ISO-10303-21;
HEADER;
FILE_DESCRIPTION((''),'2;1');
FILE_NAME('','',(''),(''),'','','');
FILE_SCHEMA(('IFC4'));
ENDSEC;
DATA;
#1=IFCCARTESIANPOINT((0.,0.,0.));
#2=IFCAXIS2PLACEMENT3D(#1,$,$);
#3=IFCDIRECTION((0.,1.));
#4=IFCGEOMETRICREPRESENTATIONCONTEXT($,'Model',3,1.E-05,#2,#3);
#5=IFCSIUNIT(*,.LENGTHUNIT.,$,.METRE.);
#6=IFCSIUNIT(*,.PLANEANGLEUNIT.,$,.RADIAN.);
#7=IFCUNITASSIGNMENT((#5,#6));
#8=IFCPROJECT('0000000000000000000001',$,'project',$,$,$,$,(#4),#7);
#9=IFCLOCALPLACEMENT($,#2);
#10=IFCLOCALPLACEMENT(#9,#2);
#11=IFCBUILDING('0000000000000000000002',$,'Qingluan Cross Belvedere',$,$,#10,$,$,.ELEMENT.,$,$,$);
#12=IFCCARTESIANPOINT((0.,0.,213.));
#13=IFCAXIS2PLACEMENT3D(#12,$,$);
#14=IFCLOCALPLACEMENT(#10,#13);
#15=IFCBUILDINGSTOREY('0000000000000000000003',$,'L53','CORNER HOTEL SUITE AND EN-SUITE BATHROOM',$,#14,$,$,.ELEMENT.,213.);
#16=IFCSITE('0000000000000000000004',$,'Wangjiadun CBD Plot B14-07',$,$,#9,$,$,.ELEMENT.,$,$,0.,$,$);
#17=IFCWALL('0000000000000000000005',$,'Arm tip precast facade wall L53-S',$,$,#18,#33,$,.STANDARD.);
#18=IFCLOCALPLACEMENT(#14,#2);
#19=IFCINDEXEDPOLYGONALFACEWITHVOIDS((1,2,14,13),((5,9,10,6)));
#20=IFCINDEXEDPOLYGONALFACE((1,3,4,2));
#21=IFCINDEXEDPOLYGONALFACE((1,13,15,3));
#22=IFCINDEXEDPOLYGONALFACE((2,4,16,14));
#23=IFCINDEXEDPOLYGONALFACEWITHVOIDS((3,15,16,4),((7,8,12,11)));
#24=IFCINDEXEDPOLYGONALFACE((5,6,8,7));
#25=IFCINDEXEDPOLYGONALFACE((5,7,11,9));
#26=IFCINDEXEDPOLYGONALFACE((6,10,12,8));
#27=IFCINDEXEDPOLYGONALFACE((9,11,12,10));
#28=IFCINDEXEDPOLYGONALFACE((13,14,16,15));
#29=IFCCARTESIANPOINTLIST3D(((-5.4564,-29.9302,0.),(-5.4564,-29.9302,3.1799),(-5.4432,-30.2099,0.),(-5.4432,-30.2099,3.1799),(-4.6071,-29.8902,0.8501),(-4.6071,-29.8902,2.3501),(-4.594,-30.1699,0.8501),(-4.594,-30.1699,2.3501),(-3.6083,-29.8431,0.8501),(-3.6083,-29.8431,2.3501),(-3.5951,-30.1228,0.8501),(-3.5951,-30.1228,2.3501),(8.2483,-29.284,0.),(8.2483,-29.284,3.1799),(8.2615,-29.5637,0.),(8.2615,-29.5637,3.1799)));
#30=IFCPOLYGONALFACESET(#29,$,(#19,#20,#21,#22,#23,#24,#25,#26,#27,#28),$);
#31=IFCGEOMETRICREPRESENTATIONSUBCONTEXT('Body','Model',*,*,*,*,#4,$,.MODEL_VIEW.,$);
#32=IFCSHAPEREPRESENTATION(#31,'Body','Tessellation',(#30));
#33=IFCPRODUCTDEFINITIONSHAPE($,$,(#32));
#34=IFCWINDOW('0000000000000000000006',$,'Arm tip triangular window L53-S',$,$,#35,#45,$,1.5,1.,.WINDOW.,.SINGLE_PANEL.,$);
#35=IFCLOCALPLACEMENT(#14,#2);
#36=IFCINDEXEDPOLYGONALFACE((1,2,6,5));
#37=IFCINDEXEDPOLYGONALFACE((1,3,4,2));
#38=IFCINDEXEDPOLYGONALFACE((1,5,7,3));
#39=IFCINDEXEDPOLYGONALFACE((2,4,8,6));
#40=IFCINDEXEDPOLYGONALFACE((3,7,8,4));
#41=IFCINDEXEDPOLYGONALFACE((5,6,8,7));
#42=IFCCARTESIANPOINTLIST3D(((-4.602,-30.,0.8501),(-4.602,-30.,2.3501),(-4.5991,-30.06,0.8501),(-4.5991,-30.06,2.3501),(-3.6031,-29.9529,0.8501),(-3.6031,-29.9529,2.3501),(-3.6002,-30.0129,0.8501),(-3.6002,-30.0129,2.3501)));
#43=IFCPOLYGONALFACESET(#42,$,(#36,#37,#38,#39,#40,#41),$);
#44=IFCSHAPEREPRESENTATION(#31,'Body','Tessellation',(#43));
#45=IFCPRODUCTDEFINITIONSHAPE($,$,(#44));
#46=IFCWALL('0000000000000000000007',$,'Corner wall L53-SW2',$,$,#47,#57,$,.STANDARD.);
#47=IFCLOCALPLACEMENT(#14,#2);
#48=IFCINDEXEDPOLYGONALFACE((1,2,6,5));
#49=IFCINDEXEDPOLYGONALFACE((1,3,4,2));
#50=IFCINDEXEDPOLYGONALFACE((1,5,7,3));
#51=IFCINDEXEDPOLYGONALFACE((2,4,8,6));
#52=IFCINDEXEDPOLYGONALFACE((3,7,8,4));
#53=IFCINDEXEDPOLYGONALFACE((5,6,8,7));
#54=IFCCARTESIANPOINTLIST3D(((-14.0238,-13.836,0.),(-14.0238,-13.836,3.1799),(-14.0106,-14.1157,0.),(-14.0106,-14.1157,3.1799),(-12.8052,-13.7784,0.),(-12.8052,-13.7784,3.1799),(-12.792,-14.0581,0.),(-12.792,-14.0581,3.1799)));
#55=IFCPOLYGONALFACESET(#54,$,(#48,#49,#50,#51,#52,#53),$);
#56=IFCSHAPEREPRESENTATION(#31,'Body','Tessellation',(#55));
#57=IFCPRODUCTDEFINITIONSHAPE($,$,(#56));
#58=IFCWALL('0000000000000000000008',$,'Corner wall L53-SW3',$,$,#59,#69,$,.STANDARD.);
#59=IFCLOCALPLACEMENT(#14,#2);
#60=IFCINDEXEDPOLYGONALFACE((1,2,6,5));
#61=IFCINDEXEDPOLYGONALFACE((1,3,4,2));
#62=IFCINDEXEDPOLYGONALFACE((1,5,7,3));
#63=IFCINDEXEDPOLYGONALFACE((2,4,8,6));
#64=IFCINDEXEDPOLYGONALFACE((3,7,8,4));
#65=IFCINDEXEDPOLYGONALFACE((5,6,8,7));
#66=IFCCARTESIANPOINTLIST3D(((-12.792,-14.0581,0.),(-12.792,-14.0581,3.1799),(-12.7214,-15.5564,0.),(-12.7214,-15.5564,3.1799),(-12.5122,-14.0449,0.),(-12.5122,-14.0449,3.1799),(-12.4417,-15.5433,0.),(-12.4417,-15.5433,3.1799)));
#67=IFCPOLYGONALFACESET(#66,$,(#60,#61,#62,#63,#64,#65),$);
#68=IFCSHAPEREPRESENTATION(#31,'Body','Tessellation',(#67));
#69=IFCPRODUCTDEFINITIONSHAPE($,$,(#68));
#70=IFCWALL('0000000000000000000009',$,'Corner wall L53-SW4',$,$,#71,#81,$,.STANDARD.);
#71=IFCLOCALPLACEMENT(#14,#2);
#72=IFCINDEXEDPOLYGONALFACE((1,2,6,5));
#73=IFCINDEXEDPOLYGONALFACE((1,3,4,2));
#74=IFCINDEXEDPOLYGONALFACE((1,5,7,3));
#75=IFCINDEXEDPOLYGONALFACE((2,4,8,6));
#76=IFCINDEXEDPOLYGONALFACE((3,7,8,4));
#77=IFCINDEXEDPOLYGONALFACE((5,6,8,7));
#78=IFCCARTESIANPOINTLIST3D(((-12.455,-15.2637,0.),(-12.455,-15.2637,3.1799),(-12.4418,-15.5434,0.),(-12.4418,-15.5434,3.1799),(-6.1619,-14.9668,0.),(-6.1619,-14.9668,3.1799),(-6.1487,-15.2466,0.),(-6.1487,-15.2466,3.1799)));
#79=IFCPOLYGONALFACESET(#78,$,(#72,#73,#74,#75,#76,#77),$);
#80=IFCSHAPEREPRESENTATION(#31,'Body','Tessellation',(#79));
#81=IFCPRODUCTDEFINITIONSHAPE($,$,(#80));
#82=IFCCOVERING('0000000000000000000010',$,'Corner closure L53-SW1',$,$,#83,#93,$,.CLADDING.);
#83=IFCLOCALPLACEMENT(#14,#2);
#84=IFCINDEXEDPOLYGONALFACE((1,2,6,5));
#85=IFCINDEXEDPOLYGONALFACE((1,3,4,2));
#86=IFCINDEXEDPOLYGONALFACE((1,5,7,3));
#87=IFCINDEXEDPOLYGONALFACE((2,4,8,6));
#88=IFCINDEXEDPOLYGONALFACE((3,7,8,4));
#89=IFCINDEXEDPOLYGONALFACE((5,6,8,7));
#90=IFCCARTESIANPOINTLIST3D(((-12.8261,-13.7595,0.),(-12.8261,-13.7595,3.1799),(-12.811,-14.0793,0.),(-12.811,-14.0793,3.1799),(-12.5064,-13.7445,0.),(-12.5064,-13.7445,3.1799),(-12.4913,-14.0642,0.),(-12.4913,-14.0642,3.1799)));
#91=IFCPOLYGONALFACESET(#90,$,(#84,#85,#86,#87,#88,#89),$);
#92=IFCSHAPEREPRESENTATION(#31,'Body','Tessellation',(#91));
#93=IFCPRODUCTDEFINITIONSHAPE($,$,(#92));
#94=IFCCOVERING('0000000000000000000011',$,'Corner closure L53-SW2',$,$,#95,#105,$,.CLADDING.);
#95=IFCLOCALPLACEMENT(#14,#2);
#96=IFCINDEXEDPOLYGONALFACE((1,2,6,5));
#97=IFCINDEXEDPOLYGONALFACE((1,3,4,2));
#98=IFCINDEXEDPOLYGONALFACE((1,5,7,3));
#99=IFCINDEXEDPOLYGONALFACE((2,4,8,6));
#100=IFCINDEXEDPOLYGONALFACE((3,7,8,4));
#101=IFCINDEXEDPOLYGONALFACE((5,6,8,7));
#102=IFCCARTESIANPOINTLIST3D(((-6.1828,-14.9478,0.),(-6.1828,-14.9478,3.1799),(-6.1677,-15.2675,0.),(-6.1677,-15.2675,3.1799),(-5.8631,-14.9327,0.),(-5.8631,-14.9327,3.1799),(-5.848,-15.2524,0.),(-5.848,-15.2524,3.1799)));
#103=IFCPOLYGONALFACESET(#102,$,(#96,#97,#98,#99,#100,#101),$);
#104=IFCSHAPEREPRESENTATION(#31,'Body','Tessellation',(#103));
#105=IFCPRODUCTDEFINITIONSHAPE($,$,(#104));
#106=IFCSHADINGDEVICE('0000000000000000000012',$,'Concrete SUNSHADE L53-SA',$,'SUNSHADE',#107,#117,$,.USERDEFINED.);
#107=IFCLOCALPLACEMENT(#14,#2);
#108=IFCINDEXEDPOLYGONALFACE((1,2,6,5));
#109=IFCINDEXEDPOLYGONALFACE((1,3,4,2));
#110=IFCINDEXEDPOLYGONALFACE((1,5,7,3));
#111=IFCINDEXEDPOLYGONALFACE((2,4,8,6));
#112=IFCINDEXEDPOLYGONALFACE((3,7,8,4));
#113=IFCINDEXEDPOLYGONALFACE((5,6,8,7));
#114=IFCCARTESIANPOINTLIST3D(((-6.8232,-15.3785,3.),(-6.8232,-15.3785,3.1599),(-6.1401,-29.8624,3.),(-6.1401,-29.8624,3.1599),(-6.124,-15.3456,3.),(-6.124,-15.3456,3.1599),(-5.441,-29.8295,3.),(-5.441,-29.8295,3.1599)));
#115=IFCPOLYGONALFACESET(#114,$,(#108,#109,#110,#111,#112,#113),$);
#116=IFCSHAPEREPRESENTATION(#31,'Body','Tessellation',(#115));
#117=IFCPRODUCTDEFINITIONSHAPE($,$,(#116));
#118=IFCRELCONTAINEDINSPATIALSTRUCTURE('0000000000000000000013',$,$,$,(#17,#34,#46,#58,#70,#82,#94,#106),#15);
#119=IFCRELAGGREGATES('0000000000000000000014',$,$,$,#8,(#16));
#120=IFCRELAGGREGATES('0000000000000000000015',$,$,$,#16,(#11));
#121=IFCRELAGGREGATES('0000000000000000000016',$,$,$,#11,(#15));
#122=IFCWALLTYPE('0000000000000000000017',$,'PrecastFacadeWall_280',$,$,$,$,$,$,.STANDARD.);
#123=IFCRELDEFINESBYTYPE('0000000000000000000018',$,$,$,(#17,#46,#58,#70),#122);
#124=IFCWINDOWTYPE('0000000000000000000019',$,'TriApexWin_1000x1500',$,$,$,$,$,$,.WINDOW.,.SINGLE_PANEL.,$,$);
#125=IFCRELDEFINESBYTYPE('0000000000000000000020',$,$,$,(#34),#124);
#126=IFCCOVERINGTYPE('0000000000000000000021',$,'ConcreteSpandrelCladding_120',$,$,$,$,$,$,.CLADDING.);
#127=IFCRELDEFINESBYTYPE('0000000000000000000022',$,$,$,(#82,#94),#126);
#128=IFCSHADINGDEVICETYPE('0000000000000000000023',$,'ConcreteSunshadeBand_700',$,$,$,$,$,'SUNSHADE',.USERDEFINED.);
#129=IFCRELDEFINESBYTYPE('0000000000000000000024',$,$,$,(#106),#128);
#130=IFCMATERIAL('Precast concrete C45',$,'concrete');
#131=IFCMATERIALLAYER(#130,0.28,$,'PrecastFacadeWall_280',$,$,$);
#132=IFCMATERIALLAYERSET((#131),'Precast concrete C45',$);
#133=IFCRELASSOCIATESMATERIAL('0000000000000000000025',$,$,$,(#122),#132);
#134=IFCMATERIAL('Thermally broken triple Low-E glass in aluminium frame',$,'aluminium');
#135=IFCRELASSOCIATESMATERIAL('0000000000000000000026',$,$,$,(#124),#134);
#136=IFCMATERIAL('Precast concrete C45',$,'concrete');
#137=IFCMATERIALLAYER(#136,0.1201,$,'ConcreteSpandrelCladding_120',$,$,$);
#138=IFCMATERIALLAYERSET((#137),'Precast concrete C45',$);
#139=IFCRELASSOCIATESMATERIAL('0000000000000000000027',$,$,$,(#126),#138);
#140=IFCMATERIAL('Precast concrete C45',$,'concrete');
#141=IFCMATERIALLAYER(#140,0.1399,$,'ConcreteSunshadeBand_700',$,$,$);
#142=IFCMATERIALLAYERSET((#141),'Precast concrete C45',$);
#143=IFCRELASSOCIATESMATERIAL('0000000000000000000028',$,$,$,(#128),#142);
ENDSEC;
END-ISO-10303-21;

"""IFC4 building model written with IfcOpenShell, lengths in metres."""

from ifc_helpers import new_model, si_unit, direction, frame, frame_2d, origin, origin_2d, place, context, subcontext, project, spatial, rectangle, extrude, material, layer, layer_set, type_object, element, fill, save


model = new_model("IFC4")

# Units and contexts
model_context = context("Model", 3, precision=1e-05, world=origin(), true_north=direction((0.0, 1.0)))
body_context = subcontext(model_context, "Body", "Model", "MODEL_VIEW")
ifc_project = project(units=[si_unit("LENGTHUNIT", "METRE"), si_unit("PLANEANGLEUNIT", "RADIAN")], contexts=[model_context])

# Site, building, storey
site_placement = place(None, origin())
site = spatial("IfcSite", under=ifc_project, at=site_placement, Name="Wangjiadun CBD Plot B14-07", CompositionType="ELEMENT", RefElevation=0.0)
building_placement = place(site_placement, origin())
building = spatial("IfcBuilding", under=site, at=building_placement, Name="Qingluan Cross Belvedere", CompositionType="ELEMENT")
storey_placement = place(building_placement, frame((0.0, 0.0, 213.0)))
storey = spatial("IfcBuildingStorey", under=building, at=storey_placement, Name="L53", Description="CORNER HOTEL SUITE AND EN-SUITE BATHROOM", CompositionType="ELEMENT", Elevation=213.0)

# Shared definitions
ifc_material_1 = material(Name="Precast concrete C45", Category="concrete")
ifc_layer_1 = layer(ifc_material_1, 0.28, Name="PrecastFacadeWall_280")
ifc_layer_set_1 = layer_set([ifc_layer_1], Name="Precast concrete C45")
wall_type_1 = type_object("IfcWallType", Name="PrecastFacadeWall_280", PredefinedType="STANDARD", material=ifc_layer_set_1)

# Wall, opening, window
wall_1_placement = place(storey_placement, frame((-5.4497, -30.0701, 0.0), z_axis=(0.0, 0.0, 1.0), x_axis=(0.99889, 0.047102, 0.0)))
wall_1 = element("IfcWall", 1, at=wall_1_placement, inside=storey, type_object=wall_type_1, Name="Arm tip precast facade wall L53-S", PredefinedType="STANDARD", context=body_context, shape_type="SweptSolid", body=[
    extrude(rectangle(XDim=13.72, YDim=0.28, at=frame_2d((6.8599, 0.0))), origin(), (0.0, 0.0, 1.0), 3.1799),
])
opening_1_placement = place(wall_1_placement, frame((0.8501, 0.0, 0.8501)))
opening_1 = element("IfcOpeningElement", 2, at=opening_1_placement, cuts=wall_1, PredefinedType="OPENING", context=body_context, shape_type="SweptSolid", body=[
    extrude(rectangle(XDim=1.0, YDim=1.5, at=frame_2d((0.5, 0.75))), frame((0.0, 0.1499, 0.0), z_axis=(0.0, -1.0, 0.0), x_axis=(1.0, 0.0, 0.0)), (0.0, 0.0, 1.0), 0.3),
])
ifc_material_2 = material(Name="Thermally broken triple Low-E glass in aluminium frame", Category="aluminium")
window_type_1 = type_object("IfcWindowType", Name="TriApexWin_1000x1500", PartitioningType="SINGLE_PANEL", PredefinedType="WINDOW", material=ifc_material_2)
window_1_placement = place(opening_1_placement, origin())
window_1 = element("IfcWindow", 3, at=window_1_placement, inside=storey, type_object=window_type_1, Name="Arm tip triangular window L53-S", OverallHeight=1.5, OverallWidth=1.0, PartitioningType="SINGLE_PANEL", PredefinedType="WINDOW", context=body_context, shape_type="SweptSolid", body=[
    extrude(rectangle(XDim=1.0, YDim=1.5, at=frame_2d((0.5, 0.75))), frame((0.0, 0.03, 0.0), z_axis=(0.0, -1.0, 0.0), x_axis=(1.0, 0.0, 0.0)), (0.0, 0.0, 1.0), 0.0601),
])
fill(opening_1, window_1)

# Walls
wall_2_placement = place(storey_placement, frame((-14.0171, -13.9758, 0.0), z_axis=(0.0, 0.0, 1.0), x_axis=(0.998884, 0.047232, 0.0)))
element("IfcWall", 4, at=wall_2_placement, inside=storey, type_object=wall_type_1, Name="Corner wall L53-SW2", PredefinedType="STANDARD", context=body_context, shape_type="SweptSolid", body=[
    extrude(rectangle(XDim=1.22, YDim=0.28, at=frame_2d((0.6099, 0.0))), origin(), (0.0, 0.0, 1.0), 3.1799),
])
wall_3_placement = place(storey_placement, frame((-12.6521, -14.0515, 0.0), z_axis=(0.0, 0.0, 1.0), x_axis=(0.047039, -0.998893, 0.0)))
element("IfcWall", 5, at=wall_3_placement, inside=storey, type_object=wall_type_1, Name="Corner wall L53-SW3", PredefinedType="STANDARD", context=body_context, shape_type="SweptSolid", body=[
    extrude(rectangle(XDim=1.5, YDim=0.28, at=frame_2d((0.75, 0.0))), origin(), (0.0, 0.0, 1.0), 3.1799),
])
wall_4_placement = place(storey_placement, frame((-12.4482, -15.4036, 0.0), z_axis=(0.0, 0.0, 1.0), x_axis=(0.998889, 0.047123, 0.0)))
element("IfcWall", 6, at=wall_4_placement, inside=storey, type_object=wall_type_1, Name="Corner wall L53-SW4", PredefinedType="STANDARD", context=body_context, shape_type="SweptSolid", body=[
    extrude(rectangle(XDim=6.3, YDim=0.28, at=frame_2d((3.1499, 0.0))), origin(), (0.0, 0.0, 1.0), 3.1799),
])

# Coverings
ifc_material_3 = material(Name="Precast concrete C45", Category="concrete")
ifc_layer_2 = layer(ifc_material_3, 0.1201, Name="ConcreteSpandrelCladding_120")
ifc_layer_set_2 = layer_set([ifc_layer_2], Name="Precast concrete C45")
covering_type = type_object("IfcCoveringType", Name="ConcreteSpandrelCladding_120", PredefinedType="CLADDING", material=ifc_layer_set_2)
for number, where, z_axis, x_axis, name in (
    (7, (-12.6587, -13.9119, 0.0), (0.0, 0.0, 1.0), (0.99889, 0.047106, 0.0), "Corner closure L53-SW1"),
    (8, (-6.0154, -15.1001, 0.0), (0.0, 0.0, 1.0), (0.99889, 0.047106, 0.0), "Corner closure L53-SW2"),
):
    element("IfcCovering", number, at=place(storey_placement, frame(where, z_axis=z_axis, x_axis=x_axis)), inside=storey, type_object=covering_type, Name=name, PredefinedType="CLADDING", context=body_context, shape_type="SweptSolid", body=[
        extrude(rectangle(XDim=0.3201, YDim=0.3201, at=origin_2d()), origin(), (0.0, 0.0, 1.0), 3.1799),
    ])

# Shading device
ifc_material_4 = material(Name="Precast concrete C45", Category="concrete")
ifc_layer_3 = layer(ifc_material_4, 0.1399, Name="ConcreteSunshadeBand_700")
ifc_layer_set_3 = layer_set([ifc_layer_3], Name="Precast concrete C45")
shading_device_type = type_object("IfcShadingDeviceType", Name="ConcreteSunshadeBand_700", ElementType="SUNSHADE", PredefinedType="USERDEFINED", material=ifc_layer_set_3)
shading_device_placement = place(storey_placement, frame((-6.1321, -22.604, 3.0), z_axis=(0.0, 0.0, 1.0), x_axis=(0.047109, -0.99889, 0.0)))
element("IfcShadingDevice", 9, at=shading_device_placement, inside=storey, type_object=shading_device_type, Name="Concrete SUNSHADE L53-SA", ObjectType="SUNSHADE", PredefinedType="USERDEFINED", context=body_context, shape_type="SweptSolid", body=[
    extrude(rectangle(XDim=14.5, YDim=0.7, at=origin_2d()), origin(), (0.0, 0.0, 1.0), 0.1599),
])

save(model, "model.ifc")
